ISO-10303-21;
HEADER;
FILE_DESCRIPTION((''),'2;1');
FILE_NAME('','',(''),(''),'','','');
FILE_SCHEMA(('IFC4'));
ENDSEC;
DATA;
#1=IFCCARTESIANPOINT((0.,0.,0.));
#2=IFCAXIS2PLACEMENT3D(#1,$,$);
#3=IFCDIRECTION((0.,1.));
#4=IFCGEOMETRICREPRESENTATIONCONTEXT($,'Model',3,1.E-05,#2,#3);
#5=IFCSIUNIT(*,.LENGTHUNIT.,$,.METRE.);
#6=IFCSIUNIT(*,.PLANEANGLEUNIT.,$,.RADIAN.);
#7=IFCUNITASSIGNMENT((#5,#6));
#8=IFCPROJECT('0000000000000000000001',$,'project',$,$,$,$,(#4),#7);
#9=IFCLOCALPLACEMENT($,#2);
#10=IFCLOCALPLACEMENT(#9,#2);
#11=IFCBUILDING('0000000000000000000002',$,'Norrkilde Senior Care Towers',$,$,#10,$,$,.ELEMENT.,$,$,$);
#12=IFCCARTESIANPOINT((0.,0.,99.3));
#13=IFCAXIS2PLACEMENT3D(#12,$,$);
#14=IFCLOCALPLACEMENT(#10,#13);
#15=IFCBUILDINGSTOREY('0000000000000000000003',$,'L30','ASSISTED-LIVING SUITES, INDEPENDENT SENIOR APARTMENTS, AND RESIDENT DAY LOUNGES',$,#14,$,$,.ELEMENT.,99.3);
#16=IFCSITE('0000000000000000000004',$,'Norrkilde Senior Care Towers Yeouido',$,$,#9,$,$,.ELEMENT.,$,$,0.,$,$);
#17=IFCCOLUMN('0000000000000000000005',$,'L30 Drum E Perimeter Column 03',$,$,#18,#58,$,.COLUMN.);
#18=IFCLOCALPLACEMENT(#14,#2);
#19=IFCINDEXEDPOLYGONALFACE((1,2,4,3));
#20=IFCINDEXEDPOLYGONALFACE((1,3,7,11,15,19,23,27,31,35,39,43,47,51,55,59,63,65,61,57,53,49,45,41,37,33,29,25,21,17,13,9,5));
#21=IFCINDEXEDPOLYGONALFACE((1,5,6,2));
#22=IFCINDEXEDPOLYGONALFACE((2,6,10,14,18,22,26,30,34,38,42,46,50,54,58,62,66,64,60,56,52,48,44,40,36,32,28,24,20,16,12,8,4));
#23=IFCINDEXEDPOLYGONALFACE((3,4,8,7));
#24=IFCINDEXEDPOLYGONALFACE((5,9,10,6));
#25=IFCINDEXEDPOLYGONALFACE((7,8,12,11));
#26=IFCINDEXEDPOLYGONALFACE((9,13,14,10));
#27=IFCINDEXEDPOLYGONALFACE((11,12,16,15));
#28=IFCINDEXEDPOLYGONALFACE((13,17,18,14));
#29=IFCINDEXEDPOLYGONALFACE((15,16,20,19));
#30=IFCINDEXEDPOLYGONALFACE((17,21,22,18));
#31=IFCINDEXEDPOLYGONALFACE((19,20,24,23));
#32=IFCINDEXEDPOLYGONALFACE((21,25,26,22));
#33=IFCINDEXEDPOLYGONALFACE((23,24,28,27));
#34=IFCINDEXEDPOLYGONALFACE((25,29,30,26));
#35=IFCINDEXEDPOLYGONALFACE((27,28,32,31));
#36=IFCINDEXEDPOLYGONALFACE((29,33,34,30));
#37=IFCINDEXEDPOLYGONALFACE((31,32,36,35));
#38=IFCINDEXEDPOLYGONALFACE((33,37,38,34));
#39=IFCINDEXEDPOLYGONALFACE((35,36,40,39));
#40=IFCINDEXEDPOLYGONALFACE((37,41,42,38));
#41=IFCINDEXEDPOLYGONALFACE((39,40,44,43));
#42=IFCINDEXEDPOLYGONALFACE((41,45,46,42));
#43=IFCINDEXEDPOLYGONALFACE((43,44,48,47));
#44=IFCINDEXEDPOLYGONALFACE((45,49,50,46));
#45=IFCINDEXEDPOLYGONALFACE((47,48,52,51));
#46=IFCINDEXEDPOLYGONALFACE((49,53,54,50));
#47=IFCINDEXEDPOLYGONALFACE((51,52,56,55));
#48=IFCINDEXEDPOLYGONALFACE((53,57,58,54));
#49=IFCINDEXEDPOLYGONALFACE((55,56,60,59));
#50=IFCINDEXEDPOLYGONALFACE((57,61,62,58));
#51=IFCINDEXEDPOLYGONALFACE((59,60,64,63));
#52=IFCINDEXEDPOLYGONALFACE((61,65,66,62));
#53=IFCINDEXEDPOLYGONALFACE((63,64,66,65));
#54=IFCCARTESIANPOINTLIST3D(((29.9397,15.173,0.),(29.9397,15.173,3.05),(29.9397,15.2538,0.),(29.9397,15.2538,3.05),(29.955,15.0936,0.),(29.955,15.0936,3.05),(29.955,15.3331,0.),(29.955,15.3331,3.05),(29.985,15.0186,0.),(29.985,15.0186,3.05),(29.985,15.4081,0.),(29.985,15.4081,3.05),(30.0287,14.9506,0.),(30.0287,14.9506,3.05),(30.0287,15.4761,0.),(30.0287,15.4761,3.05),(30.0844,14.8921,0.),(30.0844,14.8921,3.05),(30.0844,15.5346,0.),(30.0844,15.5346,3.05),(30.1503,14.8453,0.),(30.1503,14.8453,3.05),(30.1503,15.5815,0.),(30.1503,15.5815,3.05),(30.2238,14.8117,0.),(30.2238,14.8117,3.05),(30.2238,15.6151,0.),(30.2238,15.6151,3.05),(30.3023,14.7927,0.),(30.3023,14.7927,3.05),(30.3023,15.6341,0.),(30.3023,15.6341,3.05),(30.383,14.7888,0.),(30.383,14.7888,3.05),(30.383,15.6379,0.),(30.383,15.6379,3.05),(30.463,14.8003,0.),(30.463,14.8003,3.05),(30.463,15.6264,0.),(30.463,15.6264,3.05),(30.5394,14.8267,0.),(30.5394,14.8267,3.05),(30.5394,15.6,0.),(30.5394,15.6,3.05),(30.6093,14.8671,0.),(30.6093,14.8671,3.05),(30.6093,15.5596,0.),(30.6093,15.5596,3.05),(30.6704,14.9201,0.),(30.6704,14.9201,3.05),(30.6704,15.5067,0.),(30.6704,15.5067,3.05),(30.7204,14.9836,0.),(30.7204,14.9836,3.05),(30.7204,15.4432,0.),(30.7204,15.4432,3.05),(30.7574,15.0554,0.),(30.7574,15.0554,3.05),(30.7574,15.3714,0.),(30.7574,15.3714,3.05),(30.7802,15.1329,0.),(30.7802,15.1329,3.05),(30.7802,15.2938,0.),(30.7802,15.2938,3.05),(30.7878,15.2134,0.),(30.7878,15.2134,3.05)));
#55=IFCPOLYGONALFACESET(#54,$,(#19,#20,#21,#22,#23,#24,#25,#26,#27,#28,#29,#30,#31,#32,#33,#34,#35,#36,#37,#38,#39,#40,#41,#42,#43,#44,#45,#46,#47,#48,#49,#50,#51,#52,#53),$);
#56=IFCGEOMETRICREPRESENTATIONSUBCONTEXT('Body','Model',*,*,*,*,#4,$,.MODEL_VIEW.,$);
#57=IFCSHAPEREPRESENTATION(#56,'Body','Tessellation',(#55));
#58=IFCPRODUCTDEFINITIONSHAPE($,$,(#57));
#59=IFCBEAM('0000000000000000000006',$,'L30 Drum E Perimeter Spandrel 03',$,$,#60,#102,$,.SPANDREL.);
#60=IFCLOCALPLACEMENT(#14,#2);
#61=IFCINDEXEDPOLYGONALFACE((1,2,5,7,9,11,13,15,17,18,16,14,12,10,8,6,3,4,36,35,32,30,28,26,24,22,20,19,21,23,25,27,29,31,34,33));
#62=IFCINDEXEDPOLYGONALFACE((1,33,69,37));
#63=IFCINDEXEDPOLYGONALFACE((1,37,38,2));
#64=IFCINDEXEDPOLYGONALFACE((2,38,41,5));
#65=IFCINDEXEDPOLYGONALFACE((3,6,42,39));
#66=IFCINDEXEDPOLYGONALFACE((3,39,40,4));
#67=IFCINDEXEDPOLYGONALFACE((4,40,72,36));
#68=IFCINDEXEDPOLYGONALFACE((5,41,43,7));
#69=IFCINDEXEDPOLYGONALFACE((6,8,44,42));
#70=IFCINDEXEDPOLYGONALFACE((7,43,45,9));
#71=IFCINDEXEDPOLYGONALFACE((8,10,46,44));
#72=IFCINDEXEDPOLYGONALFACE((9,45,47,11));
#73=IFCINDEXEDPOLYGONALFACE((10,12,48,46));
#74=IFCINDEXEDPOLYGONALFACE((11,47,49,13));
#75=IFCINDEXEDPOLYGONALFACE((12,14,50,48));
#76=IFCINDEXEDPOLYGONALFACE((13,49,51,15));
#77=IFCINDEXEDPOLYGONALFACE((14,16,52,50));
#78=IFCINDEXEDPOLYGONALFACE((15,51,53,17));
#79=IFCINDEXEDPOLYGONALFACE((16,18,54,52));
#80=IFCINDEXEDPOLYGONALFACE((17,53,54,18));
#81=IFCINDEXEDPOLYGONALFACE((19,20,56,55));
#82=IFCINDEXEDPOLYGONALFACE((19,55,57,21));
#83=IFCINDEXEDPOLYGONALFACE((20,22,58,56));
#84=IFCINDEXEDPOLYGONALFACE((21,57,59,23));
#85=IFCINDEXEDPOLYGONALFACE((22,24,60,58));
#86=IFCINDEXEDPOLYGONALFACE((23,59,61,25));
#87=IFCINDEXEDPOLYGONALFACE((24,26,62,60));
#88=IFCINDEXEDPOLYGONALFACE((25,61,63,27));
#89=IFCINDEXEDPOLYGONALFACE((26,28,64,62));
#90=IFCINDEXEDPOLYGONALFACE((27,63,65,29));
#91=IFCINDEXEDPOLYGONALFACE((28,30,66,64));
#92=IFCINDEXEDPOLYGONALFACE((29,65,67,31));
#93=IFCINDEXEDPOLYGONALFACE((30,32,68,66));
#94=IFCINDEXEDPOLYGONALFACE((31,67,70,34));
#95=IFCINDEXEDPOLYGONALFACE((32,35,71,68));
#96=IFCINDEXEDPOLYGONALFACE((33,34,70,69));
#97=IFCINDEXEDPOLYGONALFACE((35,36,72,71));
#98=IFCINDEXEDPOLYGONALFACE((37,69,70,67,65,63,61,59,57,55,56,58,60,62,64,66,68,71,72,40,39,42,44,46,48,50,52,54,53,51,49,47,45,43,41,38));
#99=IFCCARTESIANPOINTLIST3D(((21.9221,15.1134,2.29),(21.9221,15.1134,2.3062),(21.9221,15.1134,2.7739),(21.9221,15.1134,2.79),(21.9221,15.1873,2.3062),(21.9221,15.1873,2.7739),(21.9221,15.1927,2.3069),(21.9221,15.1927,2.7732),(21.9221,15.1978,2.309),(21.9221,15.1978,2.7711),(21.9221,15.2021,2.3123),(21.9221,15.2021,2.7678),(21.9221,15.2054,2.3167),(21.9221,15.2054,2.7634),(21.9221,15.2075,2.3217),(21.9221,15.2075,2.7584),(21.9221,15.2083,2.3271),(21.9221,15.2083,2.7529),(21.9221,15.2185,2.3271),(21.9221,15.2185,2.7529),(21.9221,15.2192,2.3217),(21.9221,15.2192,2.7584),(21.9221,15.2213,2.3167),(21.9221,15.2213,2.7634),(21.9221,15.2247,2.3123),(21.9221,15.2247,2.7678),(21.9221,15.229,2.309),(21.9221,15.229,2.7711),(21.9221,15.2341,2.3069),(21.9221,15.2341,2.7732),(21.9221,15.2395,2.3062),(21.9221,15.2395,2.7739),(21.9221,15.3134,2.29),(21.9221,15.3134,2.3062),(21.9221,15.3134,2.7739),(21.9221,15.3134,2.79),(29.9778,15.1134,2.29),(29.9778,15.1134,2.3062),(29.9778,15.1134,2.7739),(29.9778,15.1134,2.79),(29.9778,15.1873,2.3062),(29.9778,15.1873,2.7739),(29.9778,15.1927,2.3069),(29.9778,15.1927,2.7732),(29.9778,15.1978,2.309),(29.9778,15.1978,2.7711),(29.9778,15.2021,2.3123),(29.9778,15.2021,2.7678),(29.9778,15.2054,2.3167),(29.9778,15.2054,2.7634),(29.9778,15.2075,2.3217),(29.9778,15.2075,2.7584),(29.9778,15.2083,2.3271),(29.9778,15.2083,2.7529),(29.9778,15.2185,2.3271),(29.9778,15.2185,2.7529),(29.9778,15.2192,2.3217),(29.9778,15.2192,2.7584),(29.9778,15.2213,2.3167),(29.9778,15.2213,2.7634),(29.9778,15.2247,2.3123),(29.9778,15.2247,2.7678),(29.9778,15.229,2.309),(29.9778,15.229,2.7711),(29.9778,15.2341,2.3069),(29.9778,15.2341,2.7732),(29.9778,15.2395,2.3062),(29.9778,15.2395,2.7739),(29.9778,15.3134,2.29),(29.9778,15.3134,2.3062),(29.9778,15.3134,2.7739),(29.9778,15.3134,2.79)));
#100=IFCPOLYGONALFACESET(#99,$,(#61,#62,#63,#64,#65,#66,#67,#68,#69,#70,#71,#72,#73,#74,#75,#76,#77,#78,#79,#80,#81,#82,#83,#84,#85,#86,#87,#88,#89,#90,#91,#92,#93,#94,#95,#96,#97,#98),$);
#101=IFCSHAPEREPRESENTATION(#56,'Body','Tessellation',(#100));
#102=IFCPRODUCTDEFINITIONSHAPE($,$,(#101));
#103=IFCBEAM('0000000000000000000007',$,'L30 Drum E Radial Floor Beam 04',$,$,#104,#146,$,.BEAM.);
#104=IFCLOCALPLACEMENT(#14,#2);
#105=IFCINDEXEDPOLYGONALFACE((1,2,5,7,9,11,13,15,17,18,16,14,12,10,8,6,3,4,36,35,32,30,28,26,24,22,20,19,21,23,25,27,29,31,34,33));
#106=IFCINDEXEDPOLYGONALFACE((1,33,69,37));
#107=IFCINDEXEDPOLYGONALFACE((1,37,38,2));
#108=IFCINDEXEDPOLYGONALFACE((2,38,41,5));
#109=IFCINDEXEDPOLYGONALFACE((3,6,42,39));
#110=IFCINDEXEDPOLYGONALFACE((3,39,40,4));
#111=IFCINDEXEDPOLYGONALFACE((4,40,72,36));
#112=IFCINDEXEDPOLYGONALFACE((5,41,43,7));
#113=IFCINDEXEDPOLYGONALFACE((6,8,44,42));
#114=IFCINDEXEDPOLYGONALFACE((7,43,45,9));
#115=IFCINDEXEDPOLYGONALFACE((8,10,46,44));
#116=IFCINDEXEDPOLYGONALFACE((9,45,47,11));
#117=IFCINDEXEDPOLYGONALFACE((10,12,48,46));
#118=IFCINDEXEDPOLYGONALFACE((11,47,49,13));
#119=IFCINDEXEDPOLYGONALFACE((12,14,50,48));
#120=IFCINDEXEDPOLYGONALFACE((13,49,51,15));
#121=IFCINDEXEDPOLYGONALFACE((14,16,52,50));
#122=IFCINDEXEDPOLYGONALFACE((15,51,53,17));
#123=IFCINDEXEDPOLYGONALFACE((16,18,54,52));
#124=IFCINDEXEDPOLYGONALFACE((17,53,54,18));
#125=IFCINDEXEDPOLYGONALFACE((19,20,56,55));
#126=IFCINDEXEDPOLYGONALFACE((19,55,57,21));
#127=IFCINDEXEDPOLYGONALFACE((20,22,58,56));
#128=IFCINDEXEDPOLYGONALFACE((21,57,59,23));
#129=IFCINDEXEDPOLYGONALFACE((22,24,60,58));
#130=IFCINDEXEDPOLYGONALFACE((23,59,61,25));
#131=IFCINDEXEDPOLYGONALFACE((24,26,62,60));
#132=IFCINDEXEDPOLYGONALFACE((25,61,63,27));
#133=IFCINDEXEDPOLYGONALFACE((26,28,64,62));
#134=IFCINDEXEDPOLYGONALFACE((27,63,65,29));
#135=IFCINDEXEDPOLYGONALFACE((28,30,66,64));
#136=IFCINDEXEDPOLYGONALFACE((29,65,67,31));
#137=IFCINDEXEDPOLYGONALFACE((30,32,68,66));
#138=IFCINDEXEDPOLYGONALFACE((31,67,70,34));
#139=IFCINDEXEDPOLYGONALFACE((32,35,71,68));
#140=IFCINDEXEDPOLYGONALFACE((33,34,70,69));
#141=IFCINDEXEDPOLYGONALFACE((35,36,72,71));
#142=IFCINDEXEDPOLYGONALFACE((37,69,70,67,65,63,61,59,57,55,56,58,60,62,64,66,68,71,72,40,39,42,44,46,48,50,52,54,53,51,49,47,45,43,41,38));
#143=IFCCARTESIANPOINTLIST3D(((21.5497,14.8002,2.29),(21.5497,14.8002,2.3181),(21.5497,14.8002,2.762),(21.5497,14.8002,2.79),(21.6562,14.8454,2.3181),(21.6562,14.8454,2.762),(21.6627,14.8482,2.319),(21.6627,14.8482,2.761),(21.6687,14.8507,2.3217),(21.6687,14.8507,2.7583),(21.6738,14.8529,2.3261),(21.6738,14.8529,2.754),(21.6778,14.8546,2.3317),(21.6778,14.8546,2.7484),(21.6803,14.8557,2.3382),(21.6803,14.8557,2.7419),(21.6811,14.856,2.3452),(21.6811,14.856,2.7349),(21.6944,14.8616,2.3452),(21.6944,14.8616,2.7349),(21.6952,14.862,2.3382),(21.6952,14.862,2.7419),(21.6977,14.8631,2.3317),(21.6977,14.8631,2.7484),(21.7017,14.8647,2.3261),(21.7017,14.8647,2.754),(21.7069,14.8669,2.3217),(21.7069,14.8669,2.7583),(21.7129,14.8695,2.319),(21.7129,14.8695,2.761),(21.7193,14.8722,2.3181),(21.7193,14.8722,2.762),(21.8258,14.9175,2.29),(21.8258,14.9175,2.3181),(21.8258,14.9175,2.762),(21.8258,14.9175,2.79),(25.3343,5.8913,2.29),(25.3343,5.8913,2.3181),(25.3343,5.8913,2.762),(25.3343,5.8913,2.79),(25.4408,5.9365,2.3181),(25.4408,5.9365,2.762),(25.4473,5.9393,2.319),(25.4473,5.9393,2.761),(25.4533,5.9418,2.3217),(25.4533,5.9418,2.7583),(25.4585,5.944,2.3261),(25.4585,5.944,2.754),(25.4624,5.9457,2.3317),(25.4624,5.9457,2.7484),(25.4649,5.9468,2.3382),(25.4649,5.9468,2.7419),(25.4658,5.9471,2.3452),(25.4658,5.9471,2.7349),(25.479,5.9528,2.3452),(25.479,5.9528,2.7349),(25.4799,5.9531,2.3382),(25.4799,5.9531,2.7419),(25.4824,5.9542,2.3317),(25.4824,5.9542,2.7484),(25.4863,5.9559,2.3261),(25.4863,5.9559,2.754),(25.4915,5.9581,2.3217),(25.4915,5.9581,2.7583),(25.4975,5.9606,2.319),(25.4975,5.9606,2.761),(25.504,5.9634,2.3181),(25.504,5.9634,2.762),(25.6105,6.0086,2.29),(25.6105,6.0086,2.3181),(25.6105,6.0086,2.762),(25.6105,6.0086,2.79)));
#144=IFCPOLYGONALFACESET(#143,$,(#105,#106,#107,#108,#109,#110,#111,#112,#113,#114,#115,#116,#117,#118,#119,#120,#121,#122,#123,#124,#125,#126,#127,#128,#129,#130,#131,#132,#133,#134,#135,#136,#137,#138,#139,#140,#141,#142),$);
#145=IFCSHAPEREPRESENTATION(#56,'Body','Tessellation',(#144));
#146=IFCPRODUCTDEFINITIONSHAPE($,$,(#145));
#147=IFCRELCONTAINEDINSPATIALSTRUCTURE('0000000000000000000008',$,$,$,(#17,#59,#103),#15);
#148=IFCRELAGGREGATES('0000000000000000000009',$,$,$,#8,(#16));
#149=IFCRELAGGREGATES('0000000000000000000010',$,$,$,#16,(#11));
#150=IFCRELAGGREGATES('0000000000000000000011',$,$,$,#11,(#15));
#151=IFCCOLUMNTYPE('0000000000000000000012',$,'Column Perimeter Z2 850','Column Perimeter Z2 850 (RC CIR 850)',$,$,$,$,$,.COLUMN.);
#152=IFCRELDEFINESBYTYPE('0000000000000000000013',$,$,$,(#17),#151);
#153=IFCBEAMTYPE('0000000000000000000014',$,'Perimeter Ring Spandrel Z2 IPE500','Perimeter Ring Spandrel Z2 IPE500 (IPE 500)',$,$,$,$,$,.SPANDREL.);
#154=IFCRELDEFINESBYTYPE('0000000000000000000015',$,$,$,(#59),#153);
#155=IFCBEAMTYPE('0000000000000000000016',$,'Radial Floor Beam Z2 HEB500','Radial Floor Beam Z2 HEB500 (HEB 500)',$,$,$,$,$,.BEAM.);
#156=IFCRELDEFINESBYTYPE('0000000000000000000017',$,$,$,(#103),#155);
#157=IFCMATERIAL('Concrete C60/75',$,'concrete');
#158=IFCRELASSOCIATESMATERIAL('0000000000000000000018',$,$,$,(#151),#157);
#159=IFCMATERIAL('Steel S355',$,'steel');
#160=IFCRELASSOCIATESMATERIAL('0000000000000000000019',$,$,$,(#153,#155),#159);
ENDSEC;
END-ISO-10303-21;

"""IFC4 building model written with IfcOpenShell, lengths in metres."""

from ifc_helpers import new_model, si_unit, direction, frame, origin, origin_2d, place, context, subcontext, project, spatial, circle, i_section, extrude, source, transform, mapped, material, material_profile, profile_set, type_object, type_shapes, element, save


model = new_model("IFC4")

# Units and contexts
model_context = context("Model", 3, precision=1e-05, world=origin(), true_north=direction((0.0, 1.0)))
body_context = subcontext(model_context, "Body", "Model", "MODEL_VIEW")
ifc_project = project(units=[si_unit("LENGTHUNIT", "METRE"), si_unit("PLANEANGLEUNIT", "RADIAN")], contexts=[model_context])

# Site, building, storey
site_placement = place(None, origin())
site = spatial("IfcSite", under=ifc_project, at=site_placement, Name="Norrkilde Senior Care Towers Yeouido", CompositionType="ELEMENT", RefElevation=0.0)
building_placement = place(site_placement, origin())
building = spatial("IfcBuilding", under=site, at=building_placement, Name="Norrkilde Senior Care Towers", CompositionType="ELEMENT")
storey_placement = place(building_placement, frame((0.0, 0.0, 99.3)))
storey = spatial("IfcBuildingStorey", under=building, at=storey_placement, Name="L30", Description="ASSISTED-LIVING SUITES, INDEPENDENT SENIOR APARTMENTS, AND RESIDENT DAY LOUNGES", CompositionType="ELEMENT", Elevation=99.3)

# Column
ifc_material_1 = material(Name="Concrete C60/75", Category="concrete")
ifc_material_profile_1 = material_profile(ifc_material_1, circle(Radius=0.425, at=origin_2d()), Name="RC CIR 850")
ifc_profile_set_1 = profile_set([ifc_material_profile_1], Name="Concrete C60/75")
column_type = type_object("IfcColumnType", Name="Column Perimeter Z2 850", Description="Column Perimeter Z2 850 (RC CIR 850)", PredefinedType="COLUMN", material=ifc_profile_set_1)
shared_shape_1 = source(origin(), body_context, "Body", "SweptSolid", [
    extrude(circle(Radius=0.425, at=origin_2d()), origin(), (0.0, 0.0, 1.0), 3.05),
])
type_shapes(column_type, [shared_shape_1])
column_placement = place(storey_placement, frame((30.3628, 15.2134, 0.0), z_axis=(0.0, 0.0, 1.0), x_axis=(1.0, 0.0, 0.0)))
element("IfcColumn", 1, at=column_placement, inside=storey, type_object=column_type, Name="L30 Drum E Perimeter Column 03", PredefinedType="COLUMN", context=body_context, shape_type="MappedRepresentation", body=[
    mapped(shared_shape_1, transform((0.0, 0.0, 0.0), x_axis=(1.0, 0.0, 0.0), y_axis=(0.0, 1.0, 0.0), z_axis=(0.0, 0.0, 1.0), scale=1.0)),
])

# Beams
ifc_material_2 = material(Name="Steel S355", Category="steel")
ifc_material_profile_2 = material_profile(ifc_material_2, i_section(OverallWidth=0.2, OverallDepth=0.5, WebThickness=0.0103, FlangeThickness=0.0161, FilletRadius=0.021, at=origin_2d()), Name="IPE 500")
ifc_profile_set_2 = profile_set([ifc_material_profile_2], Name="Steel S355")
beam_type_1 = type_object("IfcBeamType", Name="Perimeter Ring Spandrel Z2 IPE500", Description="Perimeter Ring Spandrel Z2 IPE500 (IPE 500)", PredefinedType="SPANDREL", material=ifc_profile_set_2)
shared_shape_2 = source(origin(), body_context, "Body", "SweptSolid", [
    extrude(i_section(OverallWidth=0.2, OverallDepth=0.5, WebThickness=0.0103, FlangeThickness=0.0161, FilletRadius=0.021, at=origin_2d()), origin(), (0.0, 0.0, 1.0), 8.0557),
])
type_shapes(beam_type_1, [shared_shape_2])
beam_1_placement = place(storey_placement, frame((29.9778, 15.2134, 2.54), z_axis=(-1.0, 0.0, 0.0), x_axis=(0.0, -1.0, 0.0)))
element("IfcBeam", 2, at=beam_1_placement, inside=storey, type_object=beam_type_1, Name="L30 Drum E Perimeter Spandrel 03", PredefinedType="SPANDREL", context=body_context, shape_type="MappedRepresentation", body=[
    mapped(shared_shape_2, transform((0.0, 0.0, 0.0), x_axis=(1.0, 0.0, 0.0), y_axis=(0.0, 1.0, 0.0), z_axis=(0.0, 0.0, 1.0), scale=1.0)),
])
ifc_material_profile_3 = material_profile(ifc_material_2, i_section(OverallWidth=0.3, OverallDepth=0.5, WebThickness=0.0144, FlangeThickness=0.0281, FilletRadius=0.0271, at=origin_2d()), Name="HEB 500")
ifc_profile_set_3 = profile_set([ifc_material_profile_3], Name="Steel S355")
beam_type_2 = type_object("IfcBeamType", Name="Radial Floor Beam Z2 HEB500", Description="Radial Floor Beam Z2 HEB500 (HEB 500)", PredefinedType="BEAM", material=ifc_profile_set_3)
shared_shape_3 = source(origin(), body_context, "Body", "SweptSolid", [
    extrude(i_section(OverallWidth=0.3, OverallDepth=0.5, WebThickness=0.0144, FlangeThickness=0.0281, FilletRadius=0.0271, at=origin_2d()), origin(), (0.0, 0.0, 1.0), 9.6794),
])
beam_2_placement = place(storey_placement, frame((25.4724, 5.95, 2.54), z_axis=(-0.390998, 0.920392, 0.0), x_axis=(-0.920392, -0.390998, 0.0)))
element("IfcBeam", 3, at=beam_2_placement, inside=storey, type_object=beam_type_2, Name="L30 Drum E Radial Floor Beam 04", PredefinedType="BEAM", context=body_context, shape_type="MappedRepresentation", body=[
    mapped(shared_shape_3, transform((0.0, 0.0, 0.0), x_axis=(1.0, 0.0, 0.0), y_axis=(0.0, 1.0, 0.0), z_axis=(0.0, 0.0, 1.0), scale=1.0)),
])

save(model, "model.ifc")
